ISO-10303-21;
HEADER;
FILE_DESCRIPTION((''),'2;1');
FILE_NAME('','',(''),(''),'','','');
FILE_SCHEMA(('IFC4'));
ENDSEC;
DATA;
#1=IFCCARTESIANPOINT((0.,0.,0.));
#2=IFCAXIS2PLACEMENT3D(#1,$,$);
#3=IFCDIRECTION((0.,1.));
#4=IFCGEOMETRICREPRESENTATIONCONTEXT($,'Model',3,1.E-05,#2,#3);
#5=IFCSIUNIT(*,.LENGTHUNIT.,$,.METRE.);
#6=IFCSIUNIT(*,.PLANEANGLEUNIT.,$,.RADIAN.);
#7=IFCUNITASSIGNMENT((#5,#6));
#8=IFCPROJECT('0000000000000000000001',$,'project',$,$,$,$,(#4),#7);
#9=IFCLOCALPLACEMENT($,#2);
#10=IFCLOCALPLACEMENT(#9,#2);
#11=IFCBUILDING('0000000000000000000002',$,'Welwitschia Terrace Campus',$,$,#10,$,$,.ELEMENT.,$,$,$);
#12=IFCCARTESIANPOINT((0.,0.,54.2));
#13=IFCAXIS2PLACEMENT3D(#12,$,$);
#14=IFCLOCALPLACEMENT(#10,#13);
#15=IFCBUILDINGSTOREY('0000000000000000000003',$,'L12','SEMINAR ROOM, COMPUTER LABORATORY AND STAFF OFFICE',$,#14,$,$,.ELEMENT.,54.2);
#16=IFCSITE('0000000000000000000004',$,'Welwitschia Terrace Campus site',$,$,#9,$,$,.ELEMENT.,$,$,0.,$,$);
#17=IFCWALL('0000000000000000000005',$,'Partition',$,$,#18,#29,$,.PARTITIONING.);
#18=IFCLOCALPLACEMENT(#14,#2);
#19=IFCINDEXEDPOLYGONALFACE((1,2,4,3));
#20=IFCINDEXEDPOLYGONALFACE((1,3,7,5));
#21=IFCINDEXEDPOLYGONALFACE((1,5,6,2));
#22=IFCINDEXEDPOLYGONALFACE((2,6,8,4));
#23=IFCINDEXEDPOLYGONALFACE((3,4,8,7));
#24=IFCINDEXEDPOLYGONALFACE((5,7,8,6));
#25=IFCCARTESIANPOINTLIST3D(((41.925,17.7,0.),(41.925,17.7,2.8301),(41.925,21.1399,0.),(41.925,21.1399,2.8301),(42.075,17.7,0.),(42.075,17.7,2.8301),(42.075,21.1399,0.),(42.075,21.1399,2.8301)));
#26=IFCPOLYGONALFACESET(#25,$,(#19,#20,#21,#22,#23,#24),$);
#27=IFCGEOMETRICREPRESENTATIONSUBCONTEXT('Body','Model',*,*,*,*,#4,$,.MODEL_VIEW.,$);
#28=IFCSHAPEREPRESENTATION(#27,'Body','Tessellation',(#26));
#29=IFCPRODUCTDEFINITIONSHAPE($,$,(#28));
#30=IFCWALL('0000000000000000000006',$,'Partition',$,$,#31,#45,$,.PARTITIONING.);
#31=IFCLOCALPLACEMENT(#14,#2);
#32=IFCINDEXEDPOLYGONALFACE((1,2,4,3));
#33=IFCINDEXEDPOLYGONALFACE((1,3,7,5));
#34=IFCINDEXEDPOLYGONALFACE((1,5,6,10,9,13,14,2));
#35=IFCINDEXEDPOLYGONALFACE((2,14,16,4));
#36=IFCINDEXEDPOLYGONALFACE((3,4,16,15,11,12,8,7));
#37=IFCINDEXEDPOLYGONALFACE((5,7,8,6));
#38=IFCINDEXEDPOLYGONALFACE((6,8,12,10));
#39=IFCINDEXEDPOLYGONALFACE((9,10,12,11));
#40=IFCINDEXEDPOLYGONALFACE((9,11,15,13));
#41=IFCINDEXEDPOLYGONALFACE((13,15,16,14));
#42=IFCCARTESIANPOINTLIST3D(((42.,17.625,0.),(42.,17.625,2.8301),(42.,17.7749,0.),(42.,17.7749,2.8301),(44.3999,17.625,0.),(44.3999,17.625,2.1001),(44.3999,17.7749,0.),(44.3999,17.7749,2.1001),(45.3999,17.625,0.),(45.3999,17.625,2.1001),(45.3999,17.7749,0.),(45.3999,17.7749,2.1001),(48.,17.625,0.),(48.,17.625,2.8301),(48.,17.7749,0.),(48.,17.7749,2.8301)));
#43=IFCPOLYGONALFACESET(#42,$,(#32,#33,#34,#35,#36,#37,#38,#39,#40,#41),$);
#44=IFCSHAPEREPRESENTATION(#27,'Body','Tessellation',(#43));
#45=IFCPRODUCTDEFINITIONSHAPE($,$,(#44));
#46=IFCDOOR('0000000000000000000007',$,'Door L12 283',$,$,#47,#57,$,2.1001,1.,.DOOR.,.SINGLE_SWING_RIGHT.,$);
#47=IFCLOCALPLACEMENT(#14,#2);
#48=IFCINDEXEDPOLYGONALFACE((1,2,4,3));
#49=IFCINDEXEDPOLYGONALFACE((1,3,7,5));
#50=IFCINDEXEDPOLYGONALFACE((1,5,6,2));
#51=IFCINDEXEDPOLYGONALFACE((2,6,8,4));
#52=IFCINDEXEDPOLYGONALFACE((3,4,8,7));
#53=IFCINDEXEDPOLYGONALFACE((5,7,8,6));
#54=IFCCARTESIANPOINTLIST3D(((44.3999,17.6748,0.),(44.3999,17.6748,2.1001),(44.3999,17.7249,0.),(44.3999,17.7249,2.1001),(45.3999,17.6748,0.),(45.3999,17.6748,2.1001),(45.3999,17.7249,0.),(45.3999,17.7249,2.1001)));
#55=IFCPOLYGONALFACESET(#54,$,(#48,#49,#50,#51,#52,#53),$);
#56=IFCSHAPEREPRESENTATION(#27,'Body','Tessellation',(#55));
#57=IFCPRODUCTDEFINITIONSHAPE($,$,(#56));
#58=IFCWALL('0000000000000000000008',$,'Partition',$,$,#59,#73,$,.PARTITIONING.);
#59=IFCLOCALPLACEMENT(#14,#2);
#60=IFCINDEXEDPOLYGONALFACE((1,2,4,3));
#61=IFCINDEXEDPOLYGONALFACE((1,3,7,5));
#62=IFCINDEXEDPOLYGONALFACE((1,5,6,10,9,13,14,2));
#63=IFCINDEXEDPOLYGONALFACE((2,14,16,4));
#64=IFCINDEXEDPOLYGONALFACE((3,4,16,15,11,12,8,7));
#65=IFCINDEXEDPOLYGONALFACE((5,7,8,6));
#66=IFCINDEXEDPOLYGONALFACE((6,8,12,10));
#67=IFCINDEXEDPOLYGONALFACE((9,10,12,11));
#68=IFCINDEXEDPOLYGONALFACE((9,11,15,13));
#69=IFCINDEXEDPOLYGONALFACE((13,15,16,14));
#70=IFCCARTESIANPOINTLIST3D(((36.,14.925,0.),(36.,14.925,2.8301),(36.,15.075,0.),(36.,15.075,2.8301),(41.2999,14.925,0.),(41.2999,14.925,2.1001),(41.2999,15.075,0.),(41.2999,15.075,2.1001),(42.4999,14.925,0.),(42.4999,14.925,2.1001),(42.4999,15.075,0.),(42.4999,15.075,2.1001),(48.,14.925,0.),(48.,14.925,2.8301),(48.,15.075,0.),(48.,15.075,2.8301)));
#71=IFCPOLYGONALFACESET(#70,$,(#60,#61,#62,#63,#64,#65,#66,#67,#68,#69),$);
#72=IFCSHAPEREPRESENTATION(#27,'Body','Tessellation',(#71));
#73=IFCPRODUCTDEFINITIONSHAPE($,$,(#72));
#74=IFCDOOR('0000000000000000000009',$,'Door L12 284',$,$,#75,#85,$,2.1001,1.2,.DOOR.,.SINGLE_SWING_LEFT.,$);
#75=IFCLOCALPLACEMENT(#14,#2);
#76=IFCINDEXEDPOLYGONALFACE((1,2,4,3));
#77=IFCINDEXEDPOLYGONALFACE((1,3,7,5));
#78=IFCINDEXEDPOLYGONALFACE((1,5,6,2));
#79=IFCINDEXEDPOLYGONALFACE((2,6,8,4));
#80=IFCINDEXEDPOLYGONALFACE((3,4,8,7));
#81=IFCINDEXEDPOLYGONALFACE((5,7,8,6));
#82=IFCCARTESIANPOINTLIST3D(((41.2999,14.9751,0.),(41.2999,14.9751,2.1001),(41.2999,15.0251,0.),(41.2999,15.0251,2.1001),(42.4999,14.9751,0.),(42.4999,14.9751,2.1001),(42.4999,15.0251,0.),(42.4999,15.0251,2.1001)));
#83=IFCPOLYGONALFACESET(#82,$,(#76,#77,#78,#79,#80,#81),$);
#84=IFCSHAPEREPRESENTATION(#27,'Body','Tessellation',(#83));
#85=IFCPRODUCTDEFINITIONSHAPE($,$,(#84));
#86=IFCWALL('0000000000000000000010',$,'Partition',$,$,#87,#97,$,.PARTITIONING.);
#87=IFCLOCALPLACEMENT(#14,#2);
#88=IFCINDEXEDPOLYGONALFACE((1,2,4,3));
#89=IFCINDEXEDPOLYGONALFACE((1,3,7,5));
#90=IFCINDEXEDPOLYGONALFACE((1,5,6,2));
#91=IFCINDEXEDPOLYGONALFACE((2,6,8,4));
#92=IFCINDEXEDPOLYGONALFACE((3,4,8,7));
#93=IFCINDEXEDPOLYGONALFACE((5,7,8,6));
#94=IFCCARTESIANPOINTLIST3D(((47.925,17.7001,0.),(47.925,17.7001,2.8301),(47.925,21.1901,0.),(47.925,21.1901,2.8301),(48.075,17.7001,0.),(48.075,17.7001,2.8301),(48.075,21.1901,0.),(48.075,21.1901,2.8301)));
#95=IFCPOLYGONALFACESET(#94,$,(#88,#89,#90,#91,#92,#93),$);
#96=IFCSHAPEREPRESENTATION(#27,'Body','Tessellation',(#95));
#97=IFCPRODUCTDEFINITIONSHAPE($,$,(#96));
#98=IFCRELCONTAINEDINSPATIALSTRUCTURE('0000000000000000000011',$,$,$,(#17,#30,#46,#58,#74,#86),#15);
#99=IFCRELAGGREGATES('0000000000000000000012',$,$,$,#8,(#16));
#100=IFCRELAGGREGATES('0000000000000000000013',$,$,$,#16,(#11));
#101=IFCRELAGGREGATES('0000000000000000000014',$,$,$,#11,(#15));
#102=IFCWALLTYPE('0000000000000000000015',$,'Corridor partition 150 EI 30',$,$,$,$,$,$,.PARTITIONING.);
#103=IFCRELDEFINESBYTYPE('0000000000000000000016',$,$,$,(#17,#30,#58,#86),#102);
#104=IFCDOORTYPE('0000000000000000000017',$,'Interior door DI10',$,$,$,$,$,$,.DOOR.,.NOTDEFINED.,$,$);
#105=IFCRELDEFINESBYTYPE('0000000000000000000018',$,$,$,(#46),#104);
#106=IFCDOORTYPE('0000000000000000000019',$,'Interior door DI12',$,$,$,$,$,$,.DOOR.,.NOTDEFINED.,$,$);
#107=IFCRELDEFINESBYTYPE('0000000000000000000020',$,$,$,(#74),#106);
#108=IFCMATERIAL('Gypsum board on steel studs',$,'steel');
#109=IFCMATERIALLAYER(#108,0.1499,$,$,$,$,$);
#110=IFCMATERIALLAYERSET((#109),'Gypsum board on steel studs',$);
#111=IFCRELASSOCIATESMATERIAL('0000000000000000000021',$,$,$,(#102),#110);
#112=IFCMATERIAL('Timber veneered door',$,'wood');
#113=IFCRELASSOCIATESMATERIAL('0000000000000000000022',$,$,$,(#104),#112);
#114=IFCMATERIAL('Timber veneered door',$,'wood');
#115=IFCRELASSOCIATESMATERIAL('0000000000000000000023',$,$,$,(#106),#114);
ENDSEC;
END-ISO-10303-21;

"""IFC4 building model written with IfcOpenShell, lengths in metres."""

from ifc_helpers import new_model, si_unit, direction, frame, frame_2d, origin, place, context, subcontext, project, spatial, rectangle, extrude, material, layer, layer_set, type_object, element, fill, save


model = new_model("IFC4")

# Units and contexts
model_context = context("Model", 3, precision=1e-05, world=origin(), true_north=direction((0.0, 1.0)))
body_context = subcontext(model_context, "Body", "Model", "MODEL_VIEW")
ifc_project = project(units=[si_unit("LENGTHUNIT", "METRE"), si_unit("PLANEANGLEUNIT", "RADIAN")], contexts=[model_context])

# Site, building, storey
site_placement = place(None, origin())
site = spatial("IfcSite", under=ifc_project, at=site_placement, Name="Welwitschia Terrace Campus site", CompositionType="ELEMENT", RefElevation=0.0)
building_placement = place(site_placement, origin())
building = spatial("IfcBuilding", under=site, at=building_placement, Name="Welwitschia Terrace Campus", CompositionType="ELEMENT")
storey_placement = place(building_placement, frame((0.0, 0.0, 54.2)))
storey = spatial("IfcBuildingStorey", under=building, at=storey_placement, Name="L12", Description="SEMINAR ROOM, COMPUTER LABORATORY AND STAFF OFFICE", CompositionType="ELEMENT", Elevation=54.2)

# Shared definitions
ifc_material_1 = material(Name="Gypsum board on steel studs", Category="steel")
ifc_layer_1 = layer(ifc_material_1, 0.1499)
ifc_layer_set_1 = layer_set([ifc_layer_1], Name="Gypsum board on steel studs")
wall_type = type_object("IfcWallType", Name="Corridor partition 150 EI 30", PredefinedType="PARTITIONING", material=ifc_layer_set_1)
ifc_material_2 = material(Name="Timber veneered door", Category="wood")
door_type_1 = type_object("IfcDoorType", Name="Interior door DI10", OperationType="NOTDEFINED", PredefinedType="DOOR", material=ifc_material_2)

# Wall
wall_1_placement = place(storey_placement, frame((42.0, 17.7, 0.0), z_axis=(0.0, 0.0, 1.0), x_axis=(0.0, 1.0, 0.0)))
element("IfcWall", 1, at=wall_1_placement, inside=storey, type_object=wall_type, Name="Partition", PredefinedType="PARTITIONING", context=body_context, shape_type="SweptSolid", body=[
    extrude(rectangle(XDim=3.4399, YDim=0.1499, at=frame_2d((1.72, 0.0))), origin(), (0.0, 0.0, 1.0), 2.8301),
])

# Walls, openings, doors
wall_2_placement = place(storey_placement, frame((42.0, 17.7, 0.0), z_axis=(0.0, 0.0, 1.0), x_axis=(1.0, 0.0, 0.0)))
wall_2 = element("IfcWall", 2, at=wall_2_placement, inside=storey, type_object=wall_type, Name="Partition", PredefinedType="PARTITIONING", context=body_context, shape_type="SweptSolid", body=[
    extrude(rectangle(XDim=6.0, YDim=0.1499, at=frame_2d((3.0, 0.0))), origin(), (0.0, 0.0, 1.0), 2.8301),
])
opening_1_placement = place(wall_2_placement, frame((2.3999, 0.0, 0.0)))
opening_1 = element("IfcOpeningElement", 3, at=opening_1_placement, cuts=wall_2, PredefinedType="OPENING", context=body_context, shape_type="SweptSolid", body=[
    extrude(rectangle(XDim=1.0, YDim=2.1001, at=frame_2d((0.5, 1.05))), frame((0.0, 0.085, 0.0), z_axis=(0.0, -1.0, 0.0), x_axis=(1.0, 0.0, 0.0)), (0.0, 0.0, 1.0), 0.1699),
])
door_1_placement = place(opening_1_placement, origin())
door_1 = element("IfcDoor", 4, at=door_1_placement, inside=storey, type_object=door_type_1, Name="Door L12 283", OperationType="SINGLE_SWING_RIGHT", OverallHeight=2.1001, OverallWidth=1.0, PredefinedType="DOOR", context=body_context, shape_type="SweptSolid", body=[
    extrude(rectangle(XDim=1.0, YDim=2.1001, at=frame_2d((0.5, 1.05))), frame((0.0, 0.0249, 0.0), z_axis=(0.0, -1.0, 0.0), x_axis=(1.0, 0.0, 0.0)), (0.0, 0.0, 1.0), 0.05),
])
fill(opening_1, door_1)
wall_3_placement = place(storey_placement, frame((48.0, 15.0, 0.0), z_axis=(0.0, 0.0, 1.0), x_axis=(-1.0, 0.0, 0.0)))
wall_3 = element("IfcWall", 5, at=wall_3_placement, inside=storey, type_object=wall_type, Name="Partition", PredefinedType="PARTITIONING", context=body_context, shape_type="SweptSolid", body=[
    extrude(rectangle(XDim=12.0, YDim=0.1499, at=frame_2d((6.0, 0.0))), origin(), (0.0, 0.0, 1.0), 2.8301),
])
opening_2_placement = place(wall_3_placement, frame((5.5, 0.0, 0.0)))
opening_2 = element("IfcOpeningElement", 6, at=opening_2_placement, cuts=wall_3, PredefinedType="OPENING", context=body_context, shape_type="SweptSolid", body=[
    extrude(rectangle(XDim=1.2, YDim=2.1001, at=frame_2d((0.6001, 1.05))), frame((0.0, 0.085, 0.0), z_axis=(0.0, -1.0, 0.0), x_axis=(1.0, 0.0, 0.0)), (0.0, 0.0, 1.0), 0.1699),
])
ifc_material_3 = material(Name="Timber veneered door", Category="wood")
door_type_2 = type_object("IfcDoorType", Name="Interior door DI12", OperationType="NOTDEFINED", PredefinedType="DOOR", material=ifc_material_3)
door_2_placement = place(opening_2_placement, origin())
door_2 = element("IfcDoor", 7, at=door_2_placement, inside=storey, type_object=door_type_2, Name="Door L12 284", OperationType="SINGLE_SWING_LEFT", OverallHeight=2.1001, OverallWidth=1.2, PredefinedType="DOOR", context=body_context, shape_type="SweptSolid", body=[
    extrude(rectangle(XDim=1.2, YDim=2.1001, at=frame_2d((0.6001, 1.05))), frame((0.0, 0.0249, 0.0), z_axis=(0.0, -1.0, 0.0), x_axis=(1.0, 0.0, 0.0)), (0.0, 0.0, 1.0), 0.05),
])
fill(opening_2, door_2)

# Wall
wall_4_placement = place(storey_placement, frame((48.0, 17.7, 0.0), z_axis=(0.0, 0.0, 1.0), x_axis=(0.0, 1.0, 0.0)))
element("IfcWall", 8, at=wall_4_placement, inside=storey, type_object=wall_type, Name="Partition", PredefinedType="PARTITIONING", context=body_context, shape_type="SweptSolid", body=[
    extrude(rectangle(XDim=3.49, YDim=0.1499, at=frame_2d((1.7451, 0.0))), origin(), (0.0, 0.0, 1.0), 2.8301),
])

save(model, "model.ifc")
